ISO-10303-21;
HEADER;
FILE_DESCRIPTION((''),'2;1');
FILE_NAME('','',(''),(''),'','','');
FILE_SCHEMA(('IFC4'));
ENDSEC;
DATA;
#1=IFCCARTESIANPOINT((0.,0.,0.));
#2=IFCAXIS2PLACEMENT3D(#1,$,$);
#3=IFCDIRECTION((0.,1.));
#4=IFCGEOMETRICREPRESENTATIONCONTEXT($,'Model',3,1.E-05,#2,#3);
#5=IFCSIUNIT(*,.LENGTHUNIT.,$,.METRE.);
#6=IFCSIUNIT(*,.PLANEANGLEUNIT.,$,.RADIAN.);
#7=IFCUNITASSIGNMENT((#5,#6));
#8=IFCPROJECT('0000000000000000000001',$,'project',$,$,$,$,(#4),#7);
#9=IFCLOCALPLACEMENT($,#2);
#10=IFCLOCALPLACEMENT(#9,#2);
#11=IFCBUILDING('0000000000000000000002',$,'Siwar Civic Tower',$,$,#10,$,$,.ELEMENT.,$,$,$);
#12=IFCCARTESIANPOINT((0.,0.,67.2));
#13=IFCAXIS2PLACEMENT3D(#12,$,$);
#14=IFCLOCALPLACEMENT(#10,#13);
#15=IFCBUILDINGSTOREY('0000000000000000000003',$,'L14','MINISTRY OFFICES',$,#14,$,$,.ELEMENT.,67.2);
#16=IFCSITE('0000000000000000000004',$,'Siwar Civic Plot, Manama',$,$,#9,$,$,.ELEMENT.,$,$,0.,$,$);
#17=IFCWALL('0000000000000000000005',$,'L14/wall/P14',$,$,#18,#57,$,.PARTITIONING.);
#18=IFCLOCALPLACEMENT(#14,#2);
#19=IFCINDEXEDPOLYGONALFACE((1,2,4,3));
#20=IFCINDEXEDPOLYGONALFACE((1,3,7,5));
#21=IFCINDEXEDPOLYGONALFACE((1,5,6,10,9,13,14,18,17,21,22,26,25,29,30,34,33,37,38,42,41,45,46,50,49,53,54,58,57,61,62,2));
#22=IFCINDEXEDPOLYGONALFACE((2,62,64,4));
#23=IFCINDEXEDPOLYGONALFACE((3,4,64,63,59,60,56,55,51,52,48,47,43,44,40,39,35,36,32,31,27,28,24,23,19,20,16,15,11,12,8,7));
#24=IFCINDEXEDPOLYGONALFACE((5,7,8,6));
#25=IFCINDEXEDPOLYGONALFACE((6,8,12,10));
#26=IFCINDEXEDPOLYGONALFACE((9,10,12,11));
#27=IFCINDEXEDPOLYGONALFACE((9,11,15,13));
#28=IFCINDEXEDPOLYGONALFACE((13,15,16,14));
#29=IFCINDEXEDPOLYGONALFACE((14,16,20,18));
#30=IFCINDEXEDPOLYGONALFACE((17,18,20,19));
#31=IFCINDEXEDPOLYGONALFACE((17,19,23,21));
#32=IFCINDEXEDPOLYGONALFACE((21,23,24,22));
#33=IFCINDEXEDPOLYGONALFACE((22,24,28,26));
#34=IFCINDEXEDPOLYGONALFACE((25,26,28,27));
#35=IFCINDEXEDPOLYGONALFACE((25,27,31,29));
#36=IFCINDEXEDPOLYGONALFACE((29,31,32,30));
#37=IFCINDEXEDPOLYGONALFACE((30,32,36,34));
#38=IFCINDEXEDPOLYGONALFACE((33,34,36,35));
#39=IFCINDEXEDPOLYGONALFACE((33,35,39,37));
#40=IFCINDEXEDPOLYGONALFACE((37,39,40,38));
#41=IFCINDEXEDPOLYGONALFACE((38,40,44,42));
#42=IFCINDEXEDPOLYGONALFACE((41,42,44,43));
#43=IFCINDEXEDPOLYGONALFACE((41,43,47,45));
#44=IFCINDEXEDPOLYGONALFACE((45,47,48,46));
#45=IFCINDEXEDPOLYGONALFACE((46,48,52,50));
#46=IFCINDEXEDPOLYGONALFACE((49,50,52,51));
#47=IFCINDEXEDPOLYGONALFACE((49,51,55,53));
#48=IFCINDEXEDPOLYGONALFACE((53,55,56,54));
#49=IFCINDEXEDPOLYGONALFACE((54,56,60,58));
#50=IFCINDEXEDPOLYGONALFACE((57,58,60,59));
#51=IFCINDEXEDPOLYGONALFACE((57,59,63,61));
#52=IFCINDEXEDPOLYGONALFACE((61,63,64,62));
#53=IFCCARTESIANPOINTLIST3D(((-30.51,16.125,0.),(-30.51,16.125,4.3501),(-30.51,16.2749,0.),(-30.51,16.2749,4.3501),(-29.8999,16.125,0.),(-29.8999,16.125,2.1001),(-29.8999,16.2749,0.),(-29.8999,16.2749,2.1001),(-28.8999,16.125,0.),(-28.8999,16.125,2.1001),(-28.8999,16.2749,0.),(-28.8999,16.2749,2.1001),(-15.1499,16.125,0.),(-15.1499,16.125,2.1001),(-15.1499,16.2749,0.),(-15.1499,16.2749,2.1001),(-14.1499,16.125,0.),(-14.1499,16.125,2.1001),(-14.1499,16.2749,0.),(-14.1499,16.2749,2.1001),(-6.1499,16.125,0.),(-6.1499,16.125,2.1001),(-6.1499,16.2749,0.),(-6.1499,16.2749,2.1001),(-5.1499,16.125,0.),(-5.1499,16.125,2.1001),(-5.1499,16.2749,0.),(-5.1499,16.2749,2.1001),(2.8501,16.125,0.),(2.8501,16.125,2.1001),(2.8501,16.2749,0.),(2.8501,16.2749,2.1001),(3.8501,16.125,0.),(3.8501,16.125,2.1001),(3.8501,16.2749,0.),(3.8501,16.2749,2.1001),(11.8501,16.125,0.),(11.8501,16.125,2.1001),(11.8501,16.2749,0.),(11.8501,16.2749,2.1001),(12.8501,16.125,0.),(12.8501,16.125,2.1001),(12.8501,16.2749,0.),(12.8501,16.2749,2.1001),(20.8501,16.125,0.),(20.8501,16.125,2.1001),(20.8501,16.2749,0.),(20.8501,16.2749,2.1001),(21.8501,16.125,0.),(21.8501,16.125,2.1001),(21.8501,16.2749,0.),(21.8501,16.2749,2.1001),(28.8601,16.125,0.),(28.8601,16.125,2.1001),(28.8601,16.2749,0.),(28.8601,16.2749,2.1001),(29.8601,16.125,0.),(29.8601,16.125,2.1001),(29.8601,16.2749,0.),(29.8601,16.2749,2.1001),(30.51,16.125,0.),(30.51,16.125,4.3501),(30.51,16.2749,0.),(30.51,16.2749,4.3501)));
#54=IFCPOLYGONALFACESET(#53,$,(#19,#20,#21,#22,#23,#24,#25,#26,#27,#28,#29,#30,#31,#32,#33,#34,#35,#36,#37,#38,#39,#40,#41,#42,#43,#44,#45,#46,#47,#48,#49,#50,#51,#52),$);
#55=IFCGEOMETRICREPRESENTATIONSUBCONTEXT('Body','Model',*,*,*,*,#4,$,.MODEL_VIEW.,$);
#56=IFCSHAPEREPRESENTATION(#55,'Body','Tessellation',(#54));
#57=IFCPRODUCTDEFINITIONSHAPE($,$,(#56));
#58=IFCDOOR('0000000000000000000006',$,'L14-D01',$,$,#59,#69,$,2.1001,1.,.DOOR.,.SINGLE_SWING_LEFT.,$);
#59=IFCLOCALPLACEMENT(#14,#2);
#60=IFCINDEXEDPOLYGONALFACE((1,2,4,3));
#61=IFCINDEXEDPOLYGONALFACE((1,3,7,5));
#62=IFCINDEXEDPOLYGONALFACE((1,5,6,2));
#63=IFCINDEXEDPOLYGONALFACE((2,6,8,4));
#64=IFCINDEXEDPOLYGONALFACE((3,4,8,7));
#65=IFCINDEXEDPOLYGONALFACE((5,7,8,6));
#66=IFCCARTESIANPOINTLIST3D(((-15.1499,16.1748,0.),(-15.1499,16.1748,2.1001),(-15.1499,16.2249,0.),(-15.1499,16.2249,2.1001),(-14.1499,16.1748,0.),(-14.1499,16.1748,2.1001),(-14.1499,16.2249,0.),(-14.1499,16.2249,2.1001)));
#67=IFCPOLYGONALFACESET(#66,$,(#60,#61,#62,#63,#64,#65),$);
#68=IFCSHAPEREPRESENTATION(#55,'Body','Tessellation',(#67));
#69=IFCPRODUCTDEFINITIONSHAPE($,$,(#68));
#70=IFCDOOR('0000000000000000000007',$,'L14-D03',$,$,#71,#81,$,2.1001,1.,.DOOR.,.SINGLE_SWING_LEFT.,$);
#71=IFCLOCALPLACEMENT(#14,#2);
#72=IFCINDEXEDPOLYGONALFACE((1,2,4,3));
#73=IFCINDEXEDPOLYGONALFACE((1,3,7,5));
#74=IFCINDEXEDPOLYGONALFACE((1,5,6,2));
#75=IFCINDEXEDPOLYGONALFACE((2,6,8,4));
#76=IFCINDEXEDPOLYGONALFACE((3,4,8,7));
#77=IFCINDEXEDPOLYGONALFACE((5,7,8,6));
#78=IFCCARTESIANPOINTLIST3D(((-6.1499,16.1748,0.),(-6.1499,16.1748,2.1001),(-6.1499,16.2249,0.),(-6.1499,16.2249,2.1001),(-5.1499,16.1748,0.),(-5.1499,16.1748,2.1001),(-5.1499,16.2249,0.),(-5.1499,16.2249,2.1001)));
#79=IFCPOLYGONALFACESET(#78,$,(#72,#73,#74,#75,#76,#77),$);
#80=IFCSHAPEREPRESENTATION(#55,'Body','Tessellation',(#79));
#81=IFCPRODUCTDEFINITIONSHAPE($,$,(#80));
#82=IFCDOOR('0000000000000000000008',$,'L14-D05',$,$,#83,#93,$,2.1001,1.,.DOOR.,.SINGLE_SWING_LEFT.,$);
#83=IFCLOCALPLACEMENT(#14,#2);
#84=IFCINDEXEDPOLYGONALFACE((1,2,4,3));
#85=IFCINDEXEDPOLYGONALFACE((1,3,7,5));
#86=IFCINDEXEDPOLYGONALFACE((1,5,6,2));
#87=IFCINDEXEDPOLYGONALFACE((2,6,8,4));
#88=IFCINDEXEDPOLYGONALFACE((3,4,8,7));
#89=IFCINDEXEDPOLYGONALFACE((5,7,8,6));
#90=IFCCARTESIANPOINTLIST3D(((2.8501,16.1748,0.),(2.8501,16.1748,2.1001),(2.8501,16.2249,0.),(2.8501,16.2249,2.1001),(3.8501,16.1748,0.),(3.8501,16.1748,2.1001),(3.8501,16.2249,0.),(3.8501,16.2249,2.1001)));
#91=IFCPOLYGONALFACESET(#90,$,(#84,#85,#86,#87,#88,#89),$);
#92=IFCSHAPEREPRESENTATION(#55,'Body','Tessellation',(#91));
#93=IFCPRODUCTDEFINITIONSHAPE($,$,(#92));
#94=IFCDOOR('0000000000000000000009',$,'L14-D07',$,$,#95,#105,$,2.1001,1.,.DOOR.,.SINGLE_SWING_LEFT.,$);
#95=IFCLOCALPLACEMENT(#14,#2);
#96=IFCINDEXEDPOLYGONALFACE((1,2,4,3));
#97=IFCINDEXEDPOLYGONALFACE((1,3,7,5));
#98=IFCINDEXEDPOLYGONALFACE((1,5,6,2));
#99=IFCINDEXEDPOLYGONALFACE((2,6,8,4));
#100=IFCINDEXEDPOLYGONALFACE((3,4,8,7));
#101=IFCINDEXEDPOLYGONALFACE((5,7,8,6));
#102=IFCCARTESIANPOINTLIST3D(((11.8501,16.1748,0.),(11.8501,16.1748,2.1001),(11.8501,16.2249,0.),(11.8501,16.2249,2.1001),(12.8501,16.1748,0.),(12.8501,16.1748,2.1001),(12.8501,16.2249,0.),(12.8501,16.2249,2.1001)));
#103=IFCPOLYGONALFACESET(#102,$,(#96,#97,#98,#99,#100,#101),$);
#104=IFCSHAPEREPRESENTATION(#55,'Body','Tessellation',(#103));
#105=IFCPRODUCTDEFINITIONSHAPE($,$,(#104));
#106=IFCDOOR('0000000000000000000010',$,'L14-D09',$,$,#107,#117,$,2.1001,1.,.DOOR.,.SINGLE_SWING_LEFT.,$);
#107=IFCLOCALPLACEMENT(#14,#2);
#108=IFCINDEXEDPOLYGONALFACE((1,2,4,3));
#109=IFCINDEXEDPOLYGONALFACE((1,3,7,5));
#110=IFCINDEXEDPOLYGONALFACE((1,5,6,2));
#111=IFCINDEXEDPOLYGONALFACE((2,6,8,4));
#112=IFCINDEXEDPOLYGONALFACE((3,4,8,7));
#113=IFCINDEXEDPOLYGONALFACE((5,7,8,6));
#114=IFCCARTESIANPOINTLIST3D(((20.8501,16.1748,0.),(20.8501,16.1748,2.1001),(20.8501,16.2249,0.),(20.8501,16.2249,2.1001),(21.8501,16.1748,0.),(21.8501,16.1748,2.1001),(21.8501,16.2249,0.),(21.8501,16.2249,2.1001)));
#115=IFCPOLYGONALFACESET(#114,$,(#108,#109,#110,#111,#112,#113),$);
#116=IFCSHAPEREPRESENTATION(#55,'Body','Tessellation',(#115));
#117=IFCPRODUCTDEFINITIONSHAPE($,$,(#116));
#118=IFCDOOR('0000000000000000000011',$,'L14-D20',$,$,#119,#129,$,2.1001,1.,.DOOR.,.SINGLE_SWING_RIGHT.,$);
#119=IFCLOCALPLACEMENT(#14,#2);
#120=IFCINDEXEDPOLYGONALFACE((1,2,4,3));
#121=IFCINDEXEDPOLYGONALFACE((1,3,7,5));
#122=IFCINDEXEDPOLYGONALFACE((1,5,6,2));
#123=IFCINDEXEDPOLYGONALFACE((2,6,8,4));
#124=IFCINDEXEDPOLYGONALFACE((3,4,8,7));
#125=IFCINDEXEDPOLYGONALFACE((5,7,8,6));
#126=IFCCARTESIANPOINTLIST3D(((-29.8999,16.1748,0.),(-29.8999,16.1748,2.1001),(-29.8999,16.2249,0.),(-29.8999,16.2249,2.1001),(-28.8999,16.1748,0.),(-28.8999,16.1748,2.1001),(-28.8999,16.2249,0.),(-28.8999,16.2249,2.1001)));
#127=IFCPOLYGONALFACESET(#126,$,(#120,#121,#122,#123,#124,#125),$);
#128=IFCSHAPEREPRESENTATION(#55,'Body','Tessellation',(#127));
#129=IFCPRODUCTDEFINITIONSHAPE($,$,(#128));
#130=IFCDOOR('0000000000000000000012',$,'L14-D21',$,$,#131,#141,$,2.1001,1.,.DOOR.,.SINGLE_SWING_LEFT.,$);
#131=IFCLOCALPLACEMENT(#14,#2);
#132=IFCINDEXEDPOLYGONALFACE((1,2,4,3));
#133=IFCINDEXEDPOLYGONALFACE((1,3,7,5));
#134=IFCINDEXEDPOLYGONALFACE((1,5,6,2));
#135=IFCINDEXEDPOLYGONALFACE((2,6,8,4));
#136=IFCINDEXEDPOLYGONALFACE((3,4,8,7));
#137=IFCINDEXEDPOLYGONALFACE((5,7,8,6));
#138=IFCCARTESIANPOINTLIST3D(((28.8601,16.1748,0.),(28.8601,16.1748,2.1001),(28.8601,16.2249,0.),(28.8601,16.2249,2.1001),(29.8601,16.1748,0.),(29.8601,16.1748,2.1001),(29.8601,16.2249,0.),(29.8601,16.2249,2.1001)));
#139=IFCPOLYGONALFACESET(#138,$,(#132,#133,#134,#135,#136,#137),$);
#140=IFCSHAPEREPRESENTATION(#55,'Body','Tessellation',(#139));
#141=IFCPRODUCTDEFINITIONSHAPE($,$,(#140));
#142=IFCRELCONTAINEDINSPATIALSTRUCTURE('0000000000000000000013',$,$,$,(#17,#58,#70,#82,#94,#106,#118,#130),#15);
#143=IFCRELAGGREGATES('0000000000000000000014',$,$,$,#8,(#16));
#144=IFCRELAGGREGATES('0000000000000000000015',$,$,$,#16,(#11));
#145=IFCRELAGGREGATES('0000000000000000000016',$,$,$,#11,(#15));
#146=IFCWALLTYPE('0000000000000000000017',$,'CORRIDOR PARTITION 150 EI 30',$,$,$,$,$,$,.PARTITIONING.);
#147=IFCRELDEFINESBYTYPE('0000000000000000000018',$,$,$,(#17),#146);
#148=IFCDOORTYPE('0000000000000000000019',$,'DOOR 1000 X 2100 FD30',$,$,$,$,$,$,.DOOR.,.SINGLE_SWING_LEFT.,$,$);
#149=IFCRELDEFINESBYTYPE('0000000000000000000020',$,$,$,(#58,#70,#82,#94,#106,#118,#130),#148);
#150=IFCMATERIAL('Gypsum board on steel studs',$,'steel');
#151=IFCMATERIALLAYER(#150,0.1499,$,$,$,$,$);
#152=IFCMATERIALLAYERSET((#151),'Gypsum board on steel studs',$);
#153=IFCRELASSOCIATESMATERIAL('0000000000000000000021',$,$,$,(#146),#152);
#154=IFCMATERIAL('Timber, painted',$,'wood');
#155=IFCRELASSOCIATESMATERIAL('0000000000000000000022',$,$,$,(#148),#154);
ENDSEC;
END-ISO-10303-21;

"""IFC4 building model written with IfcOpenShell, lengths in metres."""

from ifc_helpers import new_model, si_unit, direction, frame, frame_2d, origin, place, context, subcontext, project, spatial, rectangle, extrude, material, layer, layer_set, type_object, element, fill, save


model = new_model("IFC4")

# Units and contexts
model_context = context("Model", 3, precision=1e-05, world=origin(), true_north=direction((0.0, 1.0)))
body_context = subcontext(model_context, "Body", "Model", "MODEL_VIEW")
ifc_project = project(units=[si_unit("LENGTHUNIT", "METRE"), si_unit("PLANEANGLEUNIT", "RADIAN")], contexts=[model_context])

# Site, building, storey
site_placement = place(None, origin())
site = spatial("IfcSite", under=ifc_project, at=site_placement, Name="Siwar Civic Plot, Manama", CompositionType="ELEMENT", RefElevation=0.0)
building_placement = place(site_placement, origin())
building = spatial("IfcBuilding", under=site, at=building_placement, Name="Siwar Civic Tower", CompositionType="ELEMENT")
storey_placement = place(building_placement, frame((0.0, 0.0, 67.2)))
storey = spatial("IfcBuildingStorey", under=building, at=storey_placement, Name="L14", Description="MINISTRY OFFICES", CompositionType="ELEMENT", Elevation=67.2)

# Shared definitions
ifc_material_1 = material(Name="Gypsum board on steel studs", Category="steel")
ifc_layer_1 = layer(ifc_material_1, 0.1499)
ifc_layer_set_1 = layer_set([ifc_layer_1], Name="Gypsum board on steel studs")
wall_type_1 = type_object("IfcWallType", Name="CORRIDOR PARTITION 150 EI 30", PredefinedType="PARTITIONING", material=ifc_layer_set_1)
ifc_material_2 = material(Name="Timber, painted", Category="wood")
door_type_1 = type_object("IfcDoorType", Name="DOOR 1000 X 2100 FD30", OperationType="SINGLE_SWING_LEFT", PredefinedType="DOOR", material=ifc_material_2)

# Wall, openings, doors
wall_1_placement = place(storey_placement, frame((-30.51, 16.2, 0.0), z_axis=(0.0, 0.0, 1.0), x_axis=(1.0, 0.0, 0.0)))
wall_1 = element("IfcWall", 1, at=wall_1_placement, inside=storey, type_object=wall_type_1, Name="L14/wall/P14", PredefinedType="PARTITIONING", context=body_context, shape_type="SweptSolid", body=[
    extrude(rectangle(XDim=61.02, YDim=0.1499, at=frame_2d((30.51, 0.0))), origin(), (0.0, 0.0, 1.0), 4.3501),
])
opening_1_placement = place(wall_1_placement, frame((15.3601, 0.0, 0.0)))
opening_1 = element("IfcOpeningElement", 2, at=opening_1_placement, cuts=wall_1, PredefinedType="OPENING", context=body_context, shape_type="SweptSolid", body=[
    extrude(rectangle(XDim=1.0, YDim=2.1001, at=frame_2d((0.5, 1.05))), frame((0.0, 0.085, 0.0), z_axis=(0.0, -1.0, 0.0), x_axis=(1.0, 0.0, 0.0)), (0.0, 0.0, 1.0), 0.1699),
])
opening_2_placement = place(wall_1_placement, frame((24.3601, 0.0, 0.0)))
opening_2 = element("IfcOpeningElement", 3, at=opening_2_placement, cuts=wall_1, PredefinedType="OPENING", context=body_context, shape_type="SweptSolid", body=[
    extrude(rectangle(XDim=1.0, YDim=2.1001, at=frame_2d((0.5, 1.05))), frame((0.0, 0.085, 0.0), z_axis=(0.0, -1.0, 0.0), x_axis=(1.0, 0.0, 0.0)), (0.0, 0.0, 1.0), 0.1699),
])
opening_3_placement = place(wall_1_placement, frame((33.3601, 0.0, 0.0)))
opening_3 = element("IfcOpeningElement", 4, at=opening_3_placement, cuts=wall_1, PredefinedType="OPENING", context=body_context, shape_type="SweptSolid", body=[
    extrude(rectangle(XDim=1.0, YDim=2.1001, at=frame_2d((0.5, 1.05))), frame((0.0, 0.085, 0.0), z_axis=(0.0, -1.0, 0.0), x_axis=(1.0, 0.0, 0.0)), (0.0, 0.0, 1.0), 0.1699),
])
opening_4_placement = place(wall_1_placement, frame((42.3601, 0.0, 0.0)))
opening_4 = element("IfcOpeningElement", 5, at=opening_4_placement, cuts=wall_1, PredefinedType="OPENING", context=body_context, shape_type="SweptSolid", body=[
    extrude(rectangle(XDim=1.0, YDim=2.1001, at=frame_2d((0.5, 1.05))), frame((0.0, 0.085, 0.0), z_axis=(0.0, -1.0, 0.0), x_axis=(1.0, 0.0, 0.0)), (0.0, 0.0, 1.0), 0.1699),
])
opening_5_placement = place(wall_1_placement, frame((51.3601, 0.0, 0.0)))
opening_5 = element("IfcOpeningElement", 6, at=opening_5_placement, cuts=wall_1, PredefinedType="OPENING", context=body_context, shape_type="SweptSolid", body=[
    extrude(rectangle(XDim=1.0, YDim=2.1001, at=frame_2d((0.5, 1.05))), frame((0.0, 0.085, 0.0), z_axis=(0.0, -1.0, 0.0), x_axis=(1.0, 0.0, 0.0)), (0.0, 0.0, 1.0), 0.1699),
])
opening_6_placement = place(wall_1_placement, frame((0.6101, 0.0, 0.0)))
opening_6 = element("IfcOpeningElement", 7, at=opening_6_placement, cuts=wall_1, PredefinedType="OPENING", context=body_context, shape_type="SweptSolid", body=[
    extrude(rectangle(XDim=1.0, YDim=2.1001, at=frame_2d((0.5, 1.05))), frame((0.0, 0.085, 0.0), z_axis=(0.0, -1.0, 0.0), x_axis=(1.0, 0.0, 0.0)), (0.0, 0.0, 1.0), 0.1699),
])
opening_7_placement = place(wall_1_placement, frame((59.3701, 0.0, 0.0)))
opening_7 = element("IfcOpeningElement", 8, at=opening_7_placement, cuts=wall_1, PredefinedType="OPENING", context=body_context, shape_type="SweptSolid", body=[
    extrude(rectangle(XDim=1.0, YDim=2.1001, at=frame_2d((0.5, 1.05))), frame((0.0, 0.085, 0.0), z_axis=(0.0, -1.0, 0.0), x_axis=(1.0, 0.0, 0.0)), (0.0, 0.0, 1.0), 0.1699),
])
door_1_placement = place(opening_1_placement, origin())
door_1 = element("IfcDoor", 9, at=door_1_placement, inside=storey, type_object=door_type_1, Name="L14-D01", OperationType="SINGLE_SWING_LEFT", OverallHeight=2.1001, OverallWidth=1.0, PredefinedType="DOOR", context=body_context, shape_type="SweptSolid", body=[
    extrude(rectangle(XDim=1.0, YDim=2.1001, at=frame_2d((0.5, 1.05))), frame((0.0, 0.0249, 0.0), z_axis=(0.0, -1.0, 0.0), x_axis=(1.0, 0.0, 0.0)), (0.0, 0.0, 1.0), 0.05),
])
fill(opening_1, door_1)
door_2_placement = place(opening_2_placement, origin())
door_2 = element("IfcDoor", 10, at=door_2_placement, inside=storey, type_object=door_type_1, Name="L14-D03", OperationType="SINGLE_SWING_LEFT", OverallHeight=2.1001, OverallWidth=1.0, PredefinedType="DOOR", context=body_context, shape_type="SweptSolid", body=[
    extrude(rectangle(XDim=1.0, YDim=2.1001, at=frame_2d((0.5, 1.05))), frame((0.0, 0.0249, 0.0), z_axis=(0.0, -1.0, 0.0), x_axis=(1.0, 0.0, 0.0)), (0.0, 0.0, 1.0), 0.05),
])
fill(opening_2, door_2)
door_3_placement = place(opening_3_placement, origin())
door_3 = element("IfcDoor", 11, at=door_3_placement, inside=storey, type_object=door_type_1, Name="L14-D05", OperationType="SINGLE_SWING_LEFT", OverallHeight=2.1001, OverallWidth=1.0, PredefinedType="DOOR", context=body_context, shape_type="SweptSolid", body=[
    extrude(rectangle(XDim=1.0, YDim=2.1001, at=frame_2d((0.5, 1.05))), frame((0.0, 0.0249, 0.0), z_axis=(0.0, -1.0, 0.0), x_axis=(1.0, 0.0, 0.0)), (0.0, 0.0, 1.0), 0.05),
])
fill(opening_3, door_3)
door_4_placement = place(opening_4_placement, origin())
door_4 = element("IfcDoor", 12, at=door_4_placement, inside=storey, type_object=door_type_1, Name="L14-D07", OperationType="SINGLE_SWING_LEFT", OverallHeight=2.1001, OverallWidth=1.0, PredefinedType="DOOR", context=body_context, shape_type="SweptSolid", body=[
    extrude(rectangle(XDim=1.0, YDim=2.1001, at=frame_2d((0.5, 1.05))), frame((0.0, 0.0249, 0.0), z_axis=(0.0, -1.0, 0.0), x_axis=(1.0, 0.0, 0.0)), (0.0, 0.0, 1.0), 0.05),
])
fill(opening_4, door_4)
door_5_placement = place(opening_5_placement, origin())
door_5 = element("IfcDoor", 13, at=door_5_placement, inside=storey, type_object=door_type_1, Name="L14-D09", OperationType="SINGLE_SWING_LEFT", OverallHeight=2.1001, OverallWidth=1.0, PredefinedType="DOOR", context=body_context, shape_type="SweptSolid", body=[
    extrude(rectangle(XDim=1.0, YDim=2.1001, at=frame_2d((0.5, 1.05))), frame((0.0, 0.0249, 0.0), z_axis=(0.0, -1.0, 0.0), x_axis=(1.0, 0.0, 0.0)), (0.0, 0.0, 1.0), 0.05),
])
fill(opening_5, door_5)
door_6_placement = place(opening_6_placement, origin())
door_6 = element("IfcDoor", 14, at=door_6_placement, inside=storey, type_object=door_type_1, Name="L14-D20", OperationType="SINGLE_SWING_RIGHT", OverallHeight=2.1001, OverallWidth=1.0, PredefinedType="DOOR", context=body_context, shape_type="SweptSolid", body=[
    extrude(rectangle(XDim=1.0, YDim=2.1001, at=frame_2d((0.5, 1.05))), frame((0.0, 0.0249, 0.0), z_axis=(0.0, -1.0, 0.0), x_axis=(1.0, 0.0, 0.0)), (0.0, 0.0, 1.0), 0.05),
])
fill(opening_6, door_6)
door_7_placement = place(opening_7_placement, origin())
door_7 = element("IfcDoor", 15, at=door_7_placement, inside=storey, type_object=door_type_1, Name="L14-D21", OperationType="SINGLE_SWING_LEFT", OverallHeight=2.1001, OverallWidth=1.0, PredefinedType="DOOR", context=body_context, shape_type="SweptSolid", body=[
    extrude(rectangle(XDim=1.0, YDim=2.1001, at=frame_2d((0.5, 1.05))), frame((0.0, 0.0249, 0.0), z_axis=(0.0, -1.0, 0.0), x_axis=(1.0, 0.0, 0.0)), (0.0, 0.0, 1.0), 0.05),
])
fill(opening_7, door_7)

save(model, "model.ifc")
